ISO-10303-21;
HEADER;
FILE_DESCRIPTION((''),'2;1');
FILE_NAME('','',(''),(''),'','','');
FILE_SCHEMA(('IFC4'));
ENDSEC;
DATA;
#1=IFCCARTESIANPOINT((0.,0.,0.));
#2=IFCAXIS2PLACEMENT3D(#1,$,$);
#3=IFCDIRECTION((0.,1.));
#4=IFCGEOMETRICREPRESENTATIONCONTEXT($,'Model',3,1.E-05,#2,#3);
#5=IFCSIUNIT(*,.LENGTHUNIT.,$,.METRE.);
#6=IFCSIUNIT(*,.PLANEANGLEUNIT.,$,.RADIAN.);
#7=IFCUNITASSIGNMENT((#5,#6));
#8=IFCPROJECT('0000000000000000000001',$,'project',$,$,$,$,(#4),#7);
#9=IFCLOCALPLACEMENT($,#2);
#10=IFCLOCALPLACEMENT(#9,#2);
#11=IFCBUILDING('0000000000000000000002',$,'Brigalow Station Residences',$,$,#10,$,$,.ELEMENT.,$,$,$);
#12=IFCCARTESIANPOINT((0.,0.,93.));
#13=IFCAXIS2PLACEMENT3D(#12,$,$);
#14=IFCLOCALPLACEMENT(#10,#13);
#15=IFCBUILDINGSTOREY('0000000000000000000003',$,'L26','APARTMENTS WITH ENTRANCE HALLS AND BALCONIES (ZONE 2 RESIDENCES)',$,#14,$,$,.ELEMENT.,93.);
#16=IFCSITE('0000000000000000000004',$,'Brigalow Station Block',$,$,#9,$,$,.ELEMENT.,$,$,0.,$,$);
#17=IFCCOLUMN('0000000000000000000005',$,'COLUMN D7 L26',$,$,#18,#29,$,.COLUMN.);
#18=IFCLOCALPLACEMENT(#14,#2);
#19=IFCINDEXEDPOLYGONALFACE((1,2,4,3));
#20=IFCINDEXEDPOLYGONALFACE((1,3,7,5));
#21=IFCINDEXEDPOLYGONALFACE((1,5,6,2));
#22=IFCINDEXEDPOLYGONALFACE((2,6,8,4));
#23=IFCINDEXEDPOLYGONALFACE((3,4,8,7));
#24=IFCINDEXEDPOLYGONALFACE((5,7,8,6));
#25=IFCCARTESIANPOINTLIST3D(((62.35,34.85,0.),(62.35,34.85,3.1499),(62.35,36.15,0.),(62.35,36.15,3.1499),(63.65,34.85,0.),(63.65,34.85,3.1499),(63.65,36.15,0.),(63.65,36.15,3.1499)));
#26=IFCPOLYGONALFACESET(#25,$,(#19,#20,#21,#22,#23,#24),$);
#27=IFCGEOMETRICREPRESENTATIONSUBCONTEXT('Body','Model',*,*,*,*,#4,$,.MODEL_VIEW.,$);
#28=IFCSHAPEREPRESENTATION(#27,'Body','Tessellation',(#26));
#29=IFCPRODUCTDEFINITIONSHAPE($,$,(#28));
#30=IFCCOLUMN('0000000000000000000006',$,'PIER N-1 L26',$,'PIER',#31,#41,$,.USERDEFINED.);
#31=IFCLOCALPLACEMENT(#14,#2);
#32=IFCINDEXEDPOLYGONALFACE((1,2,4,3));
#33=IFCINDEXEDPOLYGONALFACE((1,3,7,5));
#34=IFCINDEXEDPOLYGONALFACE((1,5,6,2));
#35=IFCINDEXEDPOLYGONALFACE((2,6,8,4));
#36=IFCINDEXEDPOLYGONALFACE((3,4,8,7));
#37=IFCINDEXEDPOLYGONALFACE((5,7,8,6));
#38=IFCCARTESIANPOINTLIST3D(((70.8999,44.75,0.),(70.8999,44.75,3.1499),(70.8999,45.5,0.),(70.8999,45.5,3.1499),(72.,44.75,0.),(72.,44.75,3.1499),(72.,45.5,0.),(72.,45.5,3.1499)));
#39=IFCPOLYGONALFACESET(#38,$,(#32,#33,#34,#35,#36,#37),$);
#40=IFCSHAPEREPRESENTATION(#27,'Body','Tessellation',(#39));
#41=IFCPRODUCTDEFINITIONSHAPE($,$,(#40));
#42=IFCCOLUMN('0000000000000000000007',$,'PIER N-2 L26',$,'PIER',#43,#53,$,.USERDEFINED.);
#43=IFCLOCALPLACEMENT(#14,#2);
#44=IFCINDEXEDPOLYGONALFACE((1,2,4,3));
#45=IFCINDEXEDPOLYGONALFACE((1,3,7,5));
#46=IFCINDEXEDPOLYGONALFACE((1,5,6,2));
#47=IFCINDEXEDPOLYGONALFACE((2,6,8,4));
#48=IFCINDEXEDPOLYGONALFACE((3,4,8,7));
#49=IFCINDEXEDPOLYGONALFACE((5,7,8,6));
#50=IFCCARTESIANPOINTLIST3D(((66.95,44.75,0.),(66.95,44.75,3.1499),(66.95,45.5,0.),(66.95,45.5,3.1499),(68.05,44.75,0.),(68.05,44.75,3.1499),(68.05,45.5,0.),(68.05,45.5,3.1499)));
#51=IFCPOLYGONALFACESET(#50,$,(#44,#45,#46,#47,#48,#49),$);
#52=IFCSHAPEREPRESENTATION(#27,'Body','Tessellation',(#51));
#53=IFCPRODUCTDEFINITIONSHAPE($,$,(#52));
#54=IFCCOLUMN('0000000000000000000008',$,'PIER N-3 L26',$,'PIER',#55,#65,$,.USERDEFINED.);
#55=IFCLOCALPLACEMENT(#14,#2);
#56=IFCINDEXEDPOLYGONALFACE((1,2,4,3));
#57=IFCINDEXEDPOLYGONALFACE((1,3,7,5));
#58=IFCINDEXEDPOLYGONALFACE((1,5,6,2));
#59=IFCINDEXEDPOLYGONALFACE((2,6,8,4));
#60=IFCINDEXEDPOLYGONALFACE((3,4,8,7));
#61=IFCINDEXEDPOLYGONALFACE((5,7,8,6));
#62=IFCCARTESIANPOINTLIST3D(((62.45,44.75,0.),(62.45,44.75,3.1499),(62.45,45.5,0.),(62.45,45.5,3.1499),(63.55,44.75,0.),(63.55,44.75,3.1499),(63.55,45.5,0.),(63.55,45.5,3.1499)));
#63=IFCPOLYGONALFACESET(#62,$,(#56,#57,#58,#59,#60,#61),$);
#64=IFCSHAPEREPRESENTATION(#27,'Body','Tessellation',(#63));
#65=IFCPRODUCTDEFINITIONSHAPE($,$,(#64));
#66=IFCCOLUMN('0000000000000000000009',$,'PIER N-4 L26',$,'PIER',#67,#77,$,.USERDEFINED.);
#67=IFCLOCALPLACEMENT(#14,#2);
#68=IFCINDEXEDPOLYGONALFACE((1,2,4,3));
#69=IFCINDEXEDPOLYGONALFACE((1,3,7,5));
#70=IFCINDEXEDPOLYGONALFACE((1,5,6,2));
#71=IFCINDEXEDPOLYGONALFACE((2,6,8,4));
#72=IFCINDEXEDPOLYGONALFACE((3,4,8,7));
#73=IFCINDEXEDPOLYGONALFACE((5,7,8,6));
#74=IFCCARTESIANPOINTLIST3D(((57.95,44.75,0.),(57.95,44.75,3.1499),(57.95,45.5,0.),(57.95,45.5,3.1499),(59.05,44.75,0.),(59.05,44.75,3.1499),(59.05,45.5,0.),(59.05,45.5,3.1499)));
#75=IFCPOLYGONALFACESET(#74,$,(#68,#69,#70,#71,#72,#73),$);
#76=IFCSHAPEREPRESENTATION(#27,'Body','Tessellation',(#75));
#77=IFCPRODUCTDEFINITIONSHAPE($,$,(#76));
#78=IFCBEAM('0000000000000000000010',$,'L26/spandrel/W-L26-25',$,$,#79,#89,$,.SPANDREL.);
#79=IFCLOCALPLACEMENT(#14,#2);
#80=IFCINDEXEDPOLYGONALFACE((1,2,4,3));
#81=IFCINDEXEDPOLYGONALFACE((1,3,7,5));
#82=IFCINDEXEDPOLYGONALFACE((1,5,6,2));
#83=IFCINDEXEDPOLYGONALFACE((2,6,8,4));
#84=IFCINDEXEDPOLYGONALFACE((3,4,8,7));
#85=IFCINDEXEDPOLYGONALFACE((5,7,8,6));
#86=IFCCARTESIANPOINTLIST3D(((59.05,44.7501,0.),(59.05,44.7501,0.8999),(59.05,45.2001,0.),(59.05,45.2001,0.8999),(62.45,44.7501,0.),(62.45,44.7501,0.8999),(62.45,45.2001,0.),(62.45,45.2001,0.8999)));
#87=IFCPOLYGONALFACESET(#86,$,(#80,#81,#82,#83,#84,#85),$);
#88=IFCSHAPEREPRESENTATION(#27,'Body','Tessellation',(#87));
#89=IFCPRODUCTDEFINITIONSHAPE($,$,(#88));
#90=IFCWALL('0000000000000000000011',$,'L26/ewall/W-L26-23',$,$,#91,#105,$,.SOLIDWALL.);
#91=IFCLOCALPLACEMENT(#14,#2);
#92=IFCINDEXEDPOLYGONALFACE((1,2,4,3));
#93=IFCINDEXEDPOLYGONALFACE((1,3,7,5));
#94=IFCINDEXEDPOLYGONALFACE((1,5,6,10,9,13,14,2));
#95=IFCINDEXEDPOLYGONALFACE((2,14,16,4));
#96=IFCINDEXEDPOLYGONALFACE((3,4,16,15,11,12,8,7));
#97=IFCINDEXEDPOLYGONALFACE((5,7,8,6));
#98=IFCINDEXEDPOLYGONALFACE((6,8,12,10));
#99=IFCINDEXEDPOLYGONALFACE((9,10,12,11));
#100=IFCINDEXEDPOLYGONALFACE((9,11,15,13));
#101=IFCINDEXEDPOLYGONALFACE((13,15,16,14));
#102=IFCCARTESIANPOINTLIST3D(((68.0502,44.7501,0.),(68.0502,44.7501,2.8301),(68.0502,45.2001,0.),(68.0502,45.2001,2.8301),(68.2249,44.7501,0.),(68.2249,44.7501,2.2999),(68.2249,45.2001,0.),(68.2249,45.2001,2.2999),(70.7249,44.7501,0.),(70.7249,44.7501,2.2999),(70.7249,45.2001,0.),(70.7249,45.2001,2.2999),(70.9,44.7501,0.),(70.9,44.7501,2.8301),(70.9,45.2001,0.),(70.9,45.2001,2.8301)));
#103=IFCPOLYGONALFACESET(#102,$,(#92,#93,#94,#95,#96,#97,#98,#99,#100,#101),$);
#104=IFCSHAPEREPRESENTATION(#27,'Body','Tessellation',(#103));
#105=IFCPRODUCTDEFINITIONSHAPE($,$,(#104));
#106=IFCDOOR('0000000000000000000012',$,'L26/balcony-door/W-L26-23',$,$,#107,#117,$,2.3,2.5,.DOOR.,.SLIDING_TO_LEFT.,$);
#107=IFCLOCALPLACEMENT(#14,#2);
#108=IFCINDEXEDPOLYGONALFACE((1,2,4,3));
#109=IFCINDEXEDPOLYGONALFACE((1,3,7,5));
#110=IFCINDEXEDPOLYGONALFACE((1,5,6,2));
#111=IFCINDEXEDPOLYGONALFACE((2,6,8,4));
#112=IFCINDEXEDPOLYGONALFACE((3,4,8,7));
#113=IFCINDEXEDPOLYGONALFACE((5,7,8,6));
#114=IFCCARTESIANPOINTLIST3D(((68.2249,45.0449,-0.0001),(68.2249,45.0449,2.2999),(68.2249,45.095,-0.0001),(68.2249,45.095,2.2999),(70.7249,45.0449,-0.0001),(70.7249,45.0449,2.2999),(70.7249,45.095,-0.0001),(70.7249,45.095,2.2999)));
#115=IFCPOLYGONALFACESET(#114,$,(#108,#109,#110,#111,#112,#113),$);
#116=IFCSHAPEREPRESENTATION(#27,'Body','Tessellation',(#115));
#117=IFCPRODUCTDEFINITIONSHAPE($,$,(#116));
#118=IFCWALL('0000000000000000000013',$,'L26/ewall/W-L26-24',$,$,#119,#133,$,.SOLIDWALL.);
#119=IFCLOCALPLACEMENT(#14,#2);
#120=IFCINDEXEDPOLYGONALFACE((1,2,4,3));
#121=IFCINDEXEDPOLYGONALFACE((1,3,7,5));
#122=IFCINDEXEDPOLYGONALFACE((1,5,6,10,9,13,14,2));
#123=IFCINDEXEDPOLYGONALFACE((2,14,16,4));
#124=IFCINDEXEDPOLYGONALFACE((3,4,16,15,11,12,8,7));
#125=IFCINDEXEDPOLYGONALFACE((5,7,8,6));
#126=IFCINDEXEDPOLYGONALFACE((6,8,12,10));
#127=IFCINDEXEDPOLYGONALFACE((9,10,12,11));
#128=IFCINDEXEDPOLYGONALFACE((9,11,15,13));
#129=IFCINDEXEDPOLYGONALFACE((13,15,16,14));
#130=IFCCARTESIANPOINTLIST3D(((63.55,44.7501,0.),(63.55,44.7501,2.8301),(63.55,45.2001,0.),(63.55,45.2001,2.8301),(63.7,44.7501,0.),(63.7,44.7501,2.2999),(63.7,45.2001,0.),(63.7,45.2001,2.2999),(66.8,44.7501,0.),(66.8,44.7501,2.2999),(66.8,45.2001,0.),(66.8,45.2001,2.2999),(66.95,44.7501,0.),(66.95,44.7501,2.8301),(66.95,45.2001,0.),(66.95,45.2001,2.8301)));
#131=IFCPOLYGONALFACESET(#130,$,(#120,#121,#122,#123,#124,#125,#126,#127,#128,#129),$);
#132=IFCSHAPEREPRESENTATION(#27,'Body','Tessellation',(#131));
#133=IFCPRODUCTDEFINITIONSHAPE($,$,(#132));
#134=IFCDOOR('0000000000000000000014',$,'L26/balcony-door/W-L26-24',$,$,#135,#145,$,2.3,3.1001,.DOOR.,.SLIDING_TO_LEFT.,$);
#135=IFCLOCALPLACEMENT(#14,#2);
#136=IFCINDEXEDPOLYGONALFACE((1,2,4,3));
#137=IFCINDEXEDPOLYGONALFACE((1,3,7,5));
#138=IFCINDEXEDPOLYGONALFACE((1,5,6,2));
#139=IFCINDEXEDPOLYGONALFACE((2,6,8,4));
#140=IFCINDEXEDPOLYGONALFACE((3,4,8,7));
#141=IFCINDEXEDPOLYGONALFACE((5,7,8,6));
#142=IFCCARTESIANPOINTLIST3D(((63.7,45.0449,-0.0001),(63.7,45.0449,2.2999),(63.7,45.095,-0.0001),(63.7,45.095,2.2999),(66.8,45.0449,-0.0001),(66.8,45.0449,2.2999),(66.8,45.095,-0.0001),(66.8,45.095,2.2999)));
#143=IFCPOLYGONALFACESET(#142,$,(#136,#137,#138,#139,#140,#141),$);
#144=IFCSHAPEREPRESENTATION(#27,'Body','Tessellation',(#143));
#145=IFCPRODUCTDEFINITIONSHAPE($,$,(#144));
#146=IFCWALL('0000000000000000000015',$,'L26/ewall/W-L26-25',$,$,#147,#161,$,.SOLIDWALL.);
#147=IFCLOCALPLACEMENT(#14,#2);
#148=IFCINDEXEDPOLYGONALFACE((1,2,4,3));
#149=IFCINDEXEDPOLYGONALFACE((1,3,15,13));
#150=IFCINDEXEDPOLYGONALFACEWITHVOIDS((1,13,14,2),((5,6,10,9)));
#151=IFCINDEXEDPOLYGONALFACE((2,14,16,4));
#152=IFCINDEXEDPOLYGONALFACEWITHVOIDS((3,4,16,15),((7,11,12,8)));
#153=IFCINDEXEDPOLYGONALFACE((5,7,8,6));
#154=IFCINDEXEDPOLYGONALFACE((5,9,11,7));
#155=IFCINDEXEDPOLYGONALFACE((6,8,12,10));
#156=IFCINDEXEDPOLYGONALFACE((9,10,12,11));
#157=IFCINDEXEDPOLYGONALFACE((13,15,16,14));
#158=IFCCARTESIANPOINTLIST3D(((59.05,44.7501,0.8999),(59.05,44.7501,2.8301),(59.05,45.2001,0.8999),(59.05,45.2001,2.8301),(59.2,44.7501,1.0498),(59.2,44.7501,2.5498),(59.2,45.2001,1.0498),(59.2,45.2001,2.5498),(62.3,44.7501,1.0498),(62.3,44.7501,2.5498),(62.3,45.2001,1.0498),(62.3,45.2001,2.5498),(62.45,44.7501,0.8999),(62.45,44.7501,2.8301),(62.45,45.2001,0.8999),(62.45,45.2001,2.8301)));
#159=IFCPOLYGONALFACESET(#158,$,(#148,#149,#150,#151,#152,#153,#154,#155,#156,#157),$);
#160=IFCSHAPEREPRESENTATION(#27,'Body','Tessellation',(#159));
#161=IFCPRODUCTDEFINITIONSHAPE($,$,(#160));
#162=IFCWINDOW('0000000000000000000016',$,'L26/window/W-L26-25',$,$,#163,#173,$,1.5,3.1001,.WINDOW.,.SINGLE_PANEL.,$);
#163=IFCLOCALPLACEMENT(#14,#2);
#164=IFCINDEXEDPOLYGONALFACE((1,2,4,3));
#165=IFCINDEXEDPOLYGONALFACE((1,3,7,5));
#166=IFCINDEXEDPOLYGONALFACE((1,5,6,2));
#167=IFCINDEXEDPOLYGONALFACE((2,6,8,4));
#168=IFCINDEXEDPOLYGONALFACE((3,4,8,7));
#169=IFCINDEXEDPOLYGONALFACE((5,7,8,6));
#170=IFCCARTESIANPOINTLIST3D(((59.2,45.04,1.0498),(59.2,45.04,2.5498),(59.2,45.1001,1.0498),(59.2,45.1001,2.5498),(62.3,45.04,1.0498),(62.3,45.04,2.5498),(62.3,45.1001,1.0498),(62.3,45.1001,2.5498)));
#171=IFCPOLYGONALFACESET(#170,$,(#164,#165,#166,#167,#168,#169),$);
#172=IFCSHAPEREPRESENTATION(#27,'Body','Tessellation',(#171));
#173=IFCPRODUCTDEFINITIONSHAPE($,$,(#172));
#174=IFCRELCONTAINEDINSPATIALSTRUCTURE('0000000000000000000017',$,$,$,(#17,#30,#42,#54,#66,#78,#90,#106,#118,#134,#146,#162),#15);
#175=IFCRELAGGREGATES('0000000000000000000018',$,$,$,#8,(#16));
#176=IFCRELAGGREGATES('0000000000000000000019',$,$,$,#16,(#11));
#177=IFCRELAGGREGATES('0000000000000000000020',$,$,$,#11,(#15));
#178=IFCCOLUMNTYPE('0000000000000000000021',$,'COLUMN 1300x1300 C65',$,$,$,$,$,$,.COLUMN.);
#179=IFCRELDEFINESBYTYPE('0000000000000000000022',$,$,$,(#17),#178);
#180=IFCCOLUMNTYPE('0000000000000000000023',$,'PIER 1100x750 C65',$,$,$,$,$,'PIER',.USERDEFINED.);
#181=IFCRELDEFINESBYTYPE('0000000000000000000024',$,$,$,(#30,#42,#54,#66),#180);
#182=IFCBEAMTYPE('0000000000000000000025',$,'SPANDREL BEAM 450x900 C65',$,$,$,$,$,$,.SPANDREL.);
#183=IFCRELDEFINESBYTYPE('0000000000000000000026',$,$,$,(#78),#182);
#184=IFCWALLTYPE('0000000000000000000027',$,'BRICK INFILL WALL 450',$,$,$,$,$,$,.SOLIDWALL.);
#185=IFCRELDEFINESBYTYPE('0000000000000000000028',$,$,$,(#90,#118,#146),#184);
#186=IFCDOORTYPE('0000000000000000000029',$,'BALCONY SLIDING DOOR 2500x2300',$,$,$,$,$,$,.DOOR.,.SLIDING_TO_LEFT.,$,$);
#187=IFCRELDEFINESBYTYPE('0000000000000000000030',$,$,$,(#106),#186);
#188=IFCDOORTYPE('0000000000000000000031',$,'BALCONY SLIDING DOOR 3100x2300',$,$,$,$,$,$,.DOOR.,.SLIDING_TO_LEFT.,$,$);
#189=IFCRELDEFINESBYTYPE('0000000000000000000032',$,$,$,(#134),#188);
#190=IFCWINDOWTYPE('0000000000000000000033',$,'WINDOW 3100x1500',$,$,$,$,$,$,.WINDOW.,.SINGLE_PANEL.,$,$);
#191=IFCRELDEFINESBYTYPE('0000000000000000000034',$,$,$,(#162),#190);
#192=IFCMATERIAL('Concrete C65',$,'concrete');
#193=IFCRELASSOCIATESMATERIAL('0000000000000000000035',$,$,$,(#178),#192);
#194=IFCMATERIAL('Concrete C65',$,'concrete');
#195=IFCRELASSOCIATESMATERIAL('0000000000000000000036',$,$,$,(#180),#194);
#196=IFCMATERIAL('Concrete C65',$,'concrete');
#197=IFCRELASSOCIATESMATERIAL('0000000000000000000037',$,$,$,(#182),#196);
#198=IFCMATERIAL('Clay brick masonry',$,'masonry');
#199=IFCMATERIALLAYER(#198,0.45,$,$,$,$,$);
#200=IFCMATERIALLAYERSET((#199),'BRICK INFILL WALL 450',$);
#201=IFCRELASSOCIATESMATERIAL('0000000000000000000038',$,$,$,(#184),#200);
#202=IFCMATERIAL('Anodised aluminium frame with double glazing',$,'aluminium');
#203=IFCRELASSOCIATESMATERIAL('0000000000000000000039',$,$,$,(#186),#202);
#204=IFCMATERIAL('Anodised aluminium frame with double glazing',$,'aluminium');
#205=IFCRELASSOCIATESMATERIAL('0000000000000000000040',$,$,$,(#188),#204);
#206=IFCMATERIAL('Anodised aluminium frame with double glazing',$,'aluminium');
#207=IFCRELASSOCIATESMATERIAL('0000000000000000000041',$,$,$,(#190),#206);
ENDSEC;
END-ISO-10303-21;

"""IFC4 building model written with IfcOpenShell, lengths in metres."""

from ifc_helpers import new_model, si_unit, direction, frame, frame_2d, origin, origin_2d, place, context, subcontext, project, spatial, rectangle, extrude, material, layer, layer_set, material_profile, profile_set, type_object, element, fill, save


model = new_model("IFC4")

# Units and contexts
model_context = context("Model", 3, precision=1e-05, world=origin(), true_north=direction((0.0, 1.0)))
body_context = subcontext(model_context, "Body", "Model", "MODEL_VIEW")
ifc_project = project(units=[si_unit("LENGTHUNIT", "METRE"), si_unit("PLANEANGLEUNIT", "RADIAN")], contexts=[model_context])

# Site, building, storey
site_placement = place(None, origin())
site = spatial("IfcSite", under=ifc_project, at=site_placement, Name="Brigalow Station Block", CompositionType="ELEMENT", RefElevation=0.0)
building_placement = place(site_placement, origin())
building = spatial("IfcBuilding", under=site, at=building_placement, Name="Brigalow Station Residences", CompositionType="ELEMENT")
storey_placement = place(building_placement, frame((0.0, 0.0, 93.0)))
storey = spatial("IfcBuildingStorey", under=building, at=storey_placement, Name="L26", Description="APARTMENTS WITH ENTRANCE HALLS AND BALCONIES (ZONE 2 RESIDENCES)", CompositionType="ELEMENT", Elevation=93.0)

# Columns
ifc_material_1 = material(Name="Concrete C65", Category="concrete")
ifc_material_profile_1 = material_profile(ifc_material_1, rectangle(XDim=1.3, YDim=1.3, at=origin_2d()), Name="RC1300x1300")
ifc_profile_set_1 = profile_set([ifc_material_profile_1], Name="Concrete C65")
column_type_1 = type_object("IfcColumnType", Name="COLUMN 1300x1300 C65", PredefinedType="COLUMN", material=ifc_profile_set_1)
column_placement = place(storey_placement, frame((63.0, 35.5, 0.0), z_axis=(0.0, 0.0, 1.0), x_axis=(1.0, 0.0, 0.0)))
element("IfcColumn", 1, at=column_placement, inside=storey, type_object=column_type_1, Name="COLUMN D7 L26", PredefinedType="COLUMN", context=body_context, shape_type="SweptSolid", body=[
    extrude(rectangle(XDim=1.3, YDim=1.3, at=origin_2d()), origin(), (0.0, 0.0, 1.0), 3.1499),
])
ifc_material_2 = material(Name="Concrete C65", Category="concrete")
ifc_material_profile_2 = material_profile(ifc_material_2, rectangle(XDim=1.1001, YDim=0.75, at=origin_2d()), Name="RC1100x750")
ifc_profile_set_2 = profile_set([ifc_material_profile_2], Name="Concrete C65")
column_type_2 = type_object("IfcColumnType", Name="PIER 1100x750 C65", ElementType="PIER", PredefinedType="USERDEFINED", material=ifc_profile_set_2)
for number, where, z_axis, x_axis, name in (
    (2, (71.45, 45.125, 0.0), (0.0, 0.0, 1.0), (-1.0, 0.0, 0.0), "PIER N-1 L26"),
    (3, (67.5, 45.125, 0.0), (0.0, 0.0, 1.0), (-1.0, 0.0, 0.0), "PIER N-2 L26"),
    (4, (63.0, 45.125, 0.0), (0.0, 0.0, 1.0), (-1.0, 0.0, 0.0), "PIER N-3 L26"),
    (5, (58.5, 45.125, 0.0), (0.0, 0.0, 1.0), (-1.0, 0.0, 0.0), "PIER N-4 L26"),
):
    element("IfcColumn", number, at=place(storey_placement, frame(where, z_axis=z_axis, x_axis=x_axis)), inside=storey, type_object=column_type_2, Name=name, ObjectType="PIER", PredefinedType="USERDEFINED", context=body_context, shape_type="SweptSolid", body=[
        extrude(rectangle(XDim=1.1001, YDim=0.75, at=origin_2d()), origin(), (0.0, 0.0, 1.0), 3.1499),
    ])

# Beam
ifc_material_3 = material(Name="Concrete C65", Category="concrete")
ifc_material_profile_3 = material_profile(ifc_material_3, rectangle(XDim=0.45, YDim=0.8999, at=origin_2d()), Name="RC450x900")
ifc_profile_set_3 = profile_set([ifc_material_profile_3], Name="Concrete C65")
beam_type = type_object("IfcBeamType", Name="SPANDREL BEAM 450x900 C65", PredefinedType="SPANDREL", material=ifc_profile_set_3)
beam_placement = place(storey_placement, frame((62.45, 44.9751, 0.45), z_axis=(-1.0, 0.0, 0.0), x_axis=(0.0, -1.0, 0.0)))
element("IfcBeam", 6, at=beam_placement, inside=storey, type_object=beam_type, Name="L26/spandrel/W-L26-25", PredefinedType="SPANDREL", context=body_context, shape_type="SweptSolid", body=[
    extrude(rectangle(XDim=0.45, YDim=0.8999, at=origin_2d()), origin(), (0.0, 0.0, 1.0), 3.3999),
])

# Walls, openings, doors
ifc_material_4 = material(Name="Clay brick masonry", Category="masonry")
ifc_layer_1 = layer(ifc_material_4, 0.45)
ifc_layer_set_1 = layer_set([ifc_layer_1], Name="BRICK INFILL WALL 450")
wall_type_1 = type_object("IfcWallType", Name="BRICK INFILL WALL 450", PredefinedType="SOLIDWALL", material=ifc_layer_set_1)
wall_1_placement = place(storey_placement, frame((70.8999, 44.9751, 0.0), z_axis=(0.0, 0.0, 1.0), x_axis=(-1.0, 0.0, 0.0)))
wall_1 = element("IfcWall", 7, at=wall_1_placement, inside=storey, type_object=wall_type_1, Name="L26/ewall/W-L26-23", PredefinedType="SOLIDWALL", context=body_context, shape_type="SweptSolid", body=[
    extrude(rectangle(XDim=2.8499, YDim=0.45, at=frame_2d((1.4248, 0.0))), origin(), (0.0, 0.0, 1.0), 2.8301),
])
opening_1_placement = place(wall_1_placement, frame((0.175, 0.0, 0.0)))
opening_1 = element("IfcOpeningElement", 8, at=opening_1_placement, cuts=wall_1, PredefinedType="OPENING", context=body_context, shape_type="SweptSolid", body=[
    extrude(rectangle(XDim=2.5, YDim=2.3, at=frame_2d((1.25, 1.1499))), frame((0.0, 0.2349, 0.0), z_axis=(0.0, -1.0, 0.0), x_axis=(1.0, 0.0, 0.0)), (0.0, 0.0, 1.0), 0.47),
])
ifc_material_5 = material(Name="Anodised aluminium frame with double glazing", Category="aluminium")
door_type_1 = type_object("IfcDoorType", Name="BALCONY SLIDING DOOR 2500x2300", OperationType="SLIDING_TO_LEFT", PredefinedType="DOOR", material=ifc_material_5)
door_1_placement = place(opening_1_placement, origin())
door_1 = element("IfcDoor", 9, at=door_1_placement, inside=storey, type_object=door_type_1, Name="L26/balcony-door/W-L26-23", OperationType="SLIDING_TO_LEFT", OverallHeight=2.3, OverallWidth=2.5, PredefinedType="DOOR", context=body_context, shape_type="SweptSolid", body=[
    extrude(rectangle(XDim=2.5, YDim=2.3, at=frame_2d((1.25, 1.1499))), frame((0.0, -0.0698, 0.0), z_axis=(0.0, -1.0, 0.0), x_axis=(1.0, 0.0, 0.0)), (0.0, 0.0, 1.0), 0.05),
])
fill(opening_1, door_1)
wall_2_placement = place(storey_placement, frame((66.95, 44.9751, 0.0), z_axis=(0.0, 0.0, 1.0), x_axis=(-1.0, 0.0, 0.0)))
wall_2 = element("IfcWall", 10, at=wall_2_placement, inside=storey, type_object=wall_type_1, Name="L26/ewall/W-L26-24", PredefinedType="SOLIDWALL", context=body_context, shape_type="SweptSolid", body=[
    extrude(rectangle(XDim=3.3999, YDim=0.45, at=frame_2d((1.7, 0.0))), origin(), (0.0, 0.0, 1.0), 2.8301),
])
opening_2_placement = place(wall_2_placement, frame((0.1499, 0.0, 0.0)))
opening_2 = element("IfcOpeningElement", 11, at=opening_2_placement, cuts=wall_2, PredefinedType="OPENING", context=body_context, shape_type="SweptSolid", body=[
    extrude(rectangle(XDim=3.1001, YDim=2.3, at=frame_2d((1.55, 1.1499))), frame((0.0, 0.2349, 0.0), z_axis=(0.0, -1.0, 0.0), x_axis=(1.0, 0.0, 0.0)), (0.0, 0.0, 1.0), 0.47),
])
ifc_material_6 = material(Name="Anodised aluminium frame with double glazing", Category="aluminium")
door_type_2 = type_object("IfcDoorType", Name="BALCONY SLIDING DOOR 3100x2300", OperationType="SLIDING_TO_LEFT", PredefinedType="DOOR", material=ifc_material_6)
door_2_placement = place(opening_2_placement, origin())
door_2 = element("IfcDoor", 12, at=door_2_placement, inside=storey, type_object=door_type_2, Name="L26/balcony-door/W-L26-24", OperationType="SLIDING_TO_LEFT", OverallHeight=2.3, OverallWidth=3.1001, PredefinedType="DOOR", context=body_context, shape_type="SweptSolid", body=[
    extrude(rectangle(XDim=3.1001, YDim=2.3, at=frame_2d((1.55, 1.1499))), frame((0.0, -0.0698, 0.0), z_axis=(0.0, -1.0, 0.0), x_axis=(1.0, 0.0, 0.0)), (0.0, 0.0, 1.0), 0.05),
])
fill(opening_2, door_2)

# Wall, opening, window
wall_3_placement = place(storey_placement, frame((62.45, 44.9751, 0.8999), z_axis=(0.0, 0.0, 1.0), x_axis=(-1.0, 0.0, 0.0)))
wall_3 = element("IfcWall", 13, at=wall_3_placement, inside=storey, type_object=wall_type_1, Name="L26/ewall/W-L26-25", PredefinedType="SOLIDWALL", context=body_context, shape_type="SweptSolid", body=[
    extrude(rectangle(XDim=3.3999, YDim=0.45, at=frame_2d((1.7, 0.0))), origin(), (0.0, 0.0, 1.0), 1.9302),
])
opening_3_placement = place(wall_3_placement, frame((0.1499, 0.0, 0.1499)))
opening_3 = element("IfcOpeningElement", 14, at=opening_3_placement, cuts=wall_3, PredefinedType="OPENING", context=body_context, shape_type="SweptSolid", body=[
    extrude(rectangle(XDim=3.1001, YDim=1.5, at=frame_2d((1.55, 0.75))), frame((0.0, 0.2349, 0.0), z_axis=(0.0, -1.0, 0.0), x_axis=(1.0, 0.0, 0.0)), (0.0, 0.0, 1.0), 0.47),
])
ifc_material_7 = material(Name="Anodised aluminium frame with double glazing", Category="aluminium")
window_type = type_object("IfcWindowType", Name="WINDOW 3100x1500", PartitioningType="SINGLE_PANEL", PredefinedType="WINDOW", material=ifc_material_7)
window_placement = place(opening_3_placement, origin())
window = element("IfcWindow", 15, at=window_placement, inside=storey, type_object=window_type, Name="L26/window/W-L26-25", OverallHeight=1.5, OverallWidth=3.1001, PartitioningType="SINGLE_PANEL", PredefinedType="WINDOW", context=body_context, shape_type="SweptSolid", body=[
    extrude(rectangle(XDim=3.1001, YDim=1.5, at=frame_2d((1.55, 0.75))), frame((0.0, -0.0649, 0.0), z_axis=(0.0, -1.0, 0.0), x_axis=(1.0, 0.0, 0.0)), (0.0, 0.0, 1.0), 0.0601),
])
fill(opening_3, window)

save(model, "model.ifc")
